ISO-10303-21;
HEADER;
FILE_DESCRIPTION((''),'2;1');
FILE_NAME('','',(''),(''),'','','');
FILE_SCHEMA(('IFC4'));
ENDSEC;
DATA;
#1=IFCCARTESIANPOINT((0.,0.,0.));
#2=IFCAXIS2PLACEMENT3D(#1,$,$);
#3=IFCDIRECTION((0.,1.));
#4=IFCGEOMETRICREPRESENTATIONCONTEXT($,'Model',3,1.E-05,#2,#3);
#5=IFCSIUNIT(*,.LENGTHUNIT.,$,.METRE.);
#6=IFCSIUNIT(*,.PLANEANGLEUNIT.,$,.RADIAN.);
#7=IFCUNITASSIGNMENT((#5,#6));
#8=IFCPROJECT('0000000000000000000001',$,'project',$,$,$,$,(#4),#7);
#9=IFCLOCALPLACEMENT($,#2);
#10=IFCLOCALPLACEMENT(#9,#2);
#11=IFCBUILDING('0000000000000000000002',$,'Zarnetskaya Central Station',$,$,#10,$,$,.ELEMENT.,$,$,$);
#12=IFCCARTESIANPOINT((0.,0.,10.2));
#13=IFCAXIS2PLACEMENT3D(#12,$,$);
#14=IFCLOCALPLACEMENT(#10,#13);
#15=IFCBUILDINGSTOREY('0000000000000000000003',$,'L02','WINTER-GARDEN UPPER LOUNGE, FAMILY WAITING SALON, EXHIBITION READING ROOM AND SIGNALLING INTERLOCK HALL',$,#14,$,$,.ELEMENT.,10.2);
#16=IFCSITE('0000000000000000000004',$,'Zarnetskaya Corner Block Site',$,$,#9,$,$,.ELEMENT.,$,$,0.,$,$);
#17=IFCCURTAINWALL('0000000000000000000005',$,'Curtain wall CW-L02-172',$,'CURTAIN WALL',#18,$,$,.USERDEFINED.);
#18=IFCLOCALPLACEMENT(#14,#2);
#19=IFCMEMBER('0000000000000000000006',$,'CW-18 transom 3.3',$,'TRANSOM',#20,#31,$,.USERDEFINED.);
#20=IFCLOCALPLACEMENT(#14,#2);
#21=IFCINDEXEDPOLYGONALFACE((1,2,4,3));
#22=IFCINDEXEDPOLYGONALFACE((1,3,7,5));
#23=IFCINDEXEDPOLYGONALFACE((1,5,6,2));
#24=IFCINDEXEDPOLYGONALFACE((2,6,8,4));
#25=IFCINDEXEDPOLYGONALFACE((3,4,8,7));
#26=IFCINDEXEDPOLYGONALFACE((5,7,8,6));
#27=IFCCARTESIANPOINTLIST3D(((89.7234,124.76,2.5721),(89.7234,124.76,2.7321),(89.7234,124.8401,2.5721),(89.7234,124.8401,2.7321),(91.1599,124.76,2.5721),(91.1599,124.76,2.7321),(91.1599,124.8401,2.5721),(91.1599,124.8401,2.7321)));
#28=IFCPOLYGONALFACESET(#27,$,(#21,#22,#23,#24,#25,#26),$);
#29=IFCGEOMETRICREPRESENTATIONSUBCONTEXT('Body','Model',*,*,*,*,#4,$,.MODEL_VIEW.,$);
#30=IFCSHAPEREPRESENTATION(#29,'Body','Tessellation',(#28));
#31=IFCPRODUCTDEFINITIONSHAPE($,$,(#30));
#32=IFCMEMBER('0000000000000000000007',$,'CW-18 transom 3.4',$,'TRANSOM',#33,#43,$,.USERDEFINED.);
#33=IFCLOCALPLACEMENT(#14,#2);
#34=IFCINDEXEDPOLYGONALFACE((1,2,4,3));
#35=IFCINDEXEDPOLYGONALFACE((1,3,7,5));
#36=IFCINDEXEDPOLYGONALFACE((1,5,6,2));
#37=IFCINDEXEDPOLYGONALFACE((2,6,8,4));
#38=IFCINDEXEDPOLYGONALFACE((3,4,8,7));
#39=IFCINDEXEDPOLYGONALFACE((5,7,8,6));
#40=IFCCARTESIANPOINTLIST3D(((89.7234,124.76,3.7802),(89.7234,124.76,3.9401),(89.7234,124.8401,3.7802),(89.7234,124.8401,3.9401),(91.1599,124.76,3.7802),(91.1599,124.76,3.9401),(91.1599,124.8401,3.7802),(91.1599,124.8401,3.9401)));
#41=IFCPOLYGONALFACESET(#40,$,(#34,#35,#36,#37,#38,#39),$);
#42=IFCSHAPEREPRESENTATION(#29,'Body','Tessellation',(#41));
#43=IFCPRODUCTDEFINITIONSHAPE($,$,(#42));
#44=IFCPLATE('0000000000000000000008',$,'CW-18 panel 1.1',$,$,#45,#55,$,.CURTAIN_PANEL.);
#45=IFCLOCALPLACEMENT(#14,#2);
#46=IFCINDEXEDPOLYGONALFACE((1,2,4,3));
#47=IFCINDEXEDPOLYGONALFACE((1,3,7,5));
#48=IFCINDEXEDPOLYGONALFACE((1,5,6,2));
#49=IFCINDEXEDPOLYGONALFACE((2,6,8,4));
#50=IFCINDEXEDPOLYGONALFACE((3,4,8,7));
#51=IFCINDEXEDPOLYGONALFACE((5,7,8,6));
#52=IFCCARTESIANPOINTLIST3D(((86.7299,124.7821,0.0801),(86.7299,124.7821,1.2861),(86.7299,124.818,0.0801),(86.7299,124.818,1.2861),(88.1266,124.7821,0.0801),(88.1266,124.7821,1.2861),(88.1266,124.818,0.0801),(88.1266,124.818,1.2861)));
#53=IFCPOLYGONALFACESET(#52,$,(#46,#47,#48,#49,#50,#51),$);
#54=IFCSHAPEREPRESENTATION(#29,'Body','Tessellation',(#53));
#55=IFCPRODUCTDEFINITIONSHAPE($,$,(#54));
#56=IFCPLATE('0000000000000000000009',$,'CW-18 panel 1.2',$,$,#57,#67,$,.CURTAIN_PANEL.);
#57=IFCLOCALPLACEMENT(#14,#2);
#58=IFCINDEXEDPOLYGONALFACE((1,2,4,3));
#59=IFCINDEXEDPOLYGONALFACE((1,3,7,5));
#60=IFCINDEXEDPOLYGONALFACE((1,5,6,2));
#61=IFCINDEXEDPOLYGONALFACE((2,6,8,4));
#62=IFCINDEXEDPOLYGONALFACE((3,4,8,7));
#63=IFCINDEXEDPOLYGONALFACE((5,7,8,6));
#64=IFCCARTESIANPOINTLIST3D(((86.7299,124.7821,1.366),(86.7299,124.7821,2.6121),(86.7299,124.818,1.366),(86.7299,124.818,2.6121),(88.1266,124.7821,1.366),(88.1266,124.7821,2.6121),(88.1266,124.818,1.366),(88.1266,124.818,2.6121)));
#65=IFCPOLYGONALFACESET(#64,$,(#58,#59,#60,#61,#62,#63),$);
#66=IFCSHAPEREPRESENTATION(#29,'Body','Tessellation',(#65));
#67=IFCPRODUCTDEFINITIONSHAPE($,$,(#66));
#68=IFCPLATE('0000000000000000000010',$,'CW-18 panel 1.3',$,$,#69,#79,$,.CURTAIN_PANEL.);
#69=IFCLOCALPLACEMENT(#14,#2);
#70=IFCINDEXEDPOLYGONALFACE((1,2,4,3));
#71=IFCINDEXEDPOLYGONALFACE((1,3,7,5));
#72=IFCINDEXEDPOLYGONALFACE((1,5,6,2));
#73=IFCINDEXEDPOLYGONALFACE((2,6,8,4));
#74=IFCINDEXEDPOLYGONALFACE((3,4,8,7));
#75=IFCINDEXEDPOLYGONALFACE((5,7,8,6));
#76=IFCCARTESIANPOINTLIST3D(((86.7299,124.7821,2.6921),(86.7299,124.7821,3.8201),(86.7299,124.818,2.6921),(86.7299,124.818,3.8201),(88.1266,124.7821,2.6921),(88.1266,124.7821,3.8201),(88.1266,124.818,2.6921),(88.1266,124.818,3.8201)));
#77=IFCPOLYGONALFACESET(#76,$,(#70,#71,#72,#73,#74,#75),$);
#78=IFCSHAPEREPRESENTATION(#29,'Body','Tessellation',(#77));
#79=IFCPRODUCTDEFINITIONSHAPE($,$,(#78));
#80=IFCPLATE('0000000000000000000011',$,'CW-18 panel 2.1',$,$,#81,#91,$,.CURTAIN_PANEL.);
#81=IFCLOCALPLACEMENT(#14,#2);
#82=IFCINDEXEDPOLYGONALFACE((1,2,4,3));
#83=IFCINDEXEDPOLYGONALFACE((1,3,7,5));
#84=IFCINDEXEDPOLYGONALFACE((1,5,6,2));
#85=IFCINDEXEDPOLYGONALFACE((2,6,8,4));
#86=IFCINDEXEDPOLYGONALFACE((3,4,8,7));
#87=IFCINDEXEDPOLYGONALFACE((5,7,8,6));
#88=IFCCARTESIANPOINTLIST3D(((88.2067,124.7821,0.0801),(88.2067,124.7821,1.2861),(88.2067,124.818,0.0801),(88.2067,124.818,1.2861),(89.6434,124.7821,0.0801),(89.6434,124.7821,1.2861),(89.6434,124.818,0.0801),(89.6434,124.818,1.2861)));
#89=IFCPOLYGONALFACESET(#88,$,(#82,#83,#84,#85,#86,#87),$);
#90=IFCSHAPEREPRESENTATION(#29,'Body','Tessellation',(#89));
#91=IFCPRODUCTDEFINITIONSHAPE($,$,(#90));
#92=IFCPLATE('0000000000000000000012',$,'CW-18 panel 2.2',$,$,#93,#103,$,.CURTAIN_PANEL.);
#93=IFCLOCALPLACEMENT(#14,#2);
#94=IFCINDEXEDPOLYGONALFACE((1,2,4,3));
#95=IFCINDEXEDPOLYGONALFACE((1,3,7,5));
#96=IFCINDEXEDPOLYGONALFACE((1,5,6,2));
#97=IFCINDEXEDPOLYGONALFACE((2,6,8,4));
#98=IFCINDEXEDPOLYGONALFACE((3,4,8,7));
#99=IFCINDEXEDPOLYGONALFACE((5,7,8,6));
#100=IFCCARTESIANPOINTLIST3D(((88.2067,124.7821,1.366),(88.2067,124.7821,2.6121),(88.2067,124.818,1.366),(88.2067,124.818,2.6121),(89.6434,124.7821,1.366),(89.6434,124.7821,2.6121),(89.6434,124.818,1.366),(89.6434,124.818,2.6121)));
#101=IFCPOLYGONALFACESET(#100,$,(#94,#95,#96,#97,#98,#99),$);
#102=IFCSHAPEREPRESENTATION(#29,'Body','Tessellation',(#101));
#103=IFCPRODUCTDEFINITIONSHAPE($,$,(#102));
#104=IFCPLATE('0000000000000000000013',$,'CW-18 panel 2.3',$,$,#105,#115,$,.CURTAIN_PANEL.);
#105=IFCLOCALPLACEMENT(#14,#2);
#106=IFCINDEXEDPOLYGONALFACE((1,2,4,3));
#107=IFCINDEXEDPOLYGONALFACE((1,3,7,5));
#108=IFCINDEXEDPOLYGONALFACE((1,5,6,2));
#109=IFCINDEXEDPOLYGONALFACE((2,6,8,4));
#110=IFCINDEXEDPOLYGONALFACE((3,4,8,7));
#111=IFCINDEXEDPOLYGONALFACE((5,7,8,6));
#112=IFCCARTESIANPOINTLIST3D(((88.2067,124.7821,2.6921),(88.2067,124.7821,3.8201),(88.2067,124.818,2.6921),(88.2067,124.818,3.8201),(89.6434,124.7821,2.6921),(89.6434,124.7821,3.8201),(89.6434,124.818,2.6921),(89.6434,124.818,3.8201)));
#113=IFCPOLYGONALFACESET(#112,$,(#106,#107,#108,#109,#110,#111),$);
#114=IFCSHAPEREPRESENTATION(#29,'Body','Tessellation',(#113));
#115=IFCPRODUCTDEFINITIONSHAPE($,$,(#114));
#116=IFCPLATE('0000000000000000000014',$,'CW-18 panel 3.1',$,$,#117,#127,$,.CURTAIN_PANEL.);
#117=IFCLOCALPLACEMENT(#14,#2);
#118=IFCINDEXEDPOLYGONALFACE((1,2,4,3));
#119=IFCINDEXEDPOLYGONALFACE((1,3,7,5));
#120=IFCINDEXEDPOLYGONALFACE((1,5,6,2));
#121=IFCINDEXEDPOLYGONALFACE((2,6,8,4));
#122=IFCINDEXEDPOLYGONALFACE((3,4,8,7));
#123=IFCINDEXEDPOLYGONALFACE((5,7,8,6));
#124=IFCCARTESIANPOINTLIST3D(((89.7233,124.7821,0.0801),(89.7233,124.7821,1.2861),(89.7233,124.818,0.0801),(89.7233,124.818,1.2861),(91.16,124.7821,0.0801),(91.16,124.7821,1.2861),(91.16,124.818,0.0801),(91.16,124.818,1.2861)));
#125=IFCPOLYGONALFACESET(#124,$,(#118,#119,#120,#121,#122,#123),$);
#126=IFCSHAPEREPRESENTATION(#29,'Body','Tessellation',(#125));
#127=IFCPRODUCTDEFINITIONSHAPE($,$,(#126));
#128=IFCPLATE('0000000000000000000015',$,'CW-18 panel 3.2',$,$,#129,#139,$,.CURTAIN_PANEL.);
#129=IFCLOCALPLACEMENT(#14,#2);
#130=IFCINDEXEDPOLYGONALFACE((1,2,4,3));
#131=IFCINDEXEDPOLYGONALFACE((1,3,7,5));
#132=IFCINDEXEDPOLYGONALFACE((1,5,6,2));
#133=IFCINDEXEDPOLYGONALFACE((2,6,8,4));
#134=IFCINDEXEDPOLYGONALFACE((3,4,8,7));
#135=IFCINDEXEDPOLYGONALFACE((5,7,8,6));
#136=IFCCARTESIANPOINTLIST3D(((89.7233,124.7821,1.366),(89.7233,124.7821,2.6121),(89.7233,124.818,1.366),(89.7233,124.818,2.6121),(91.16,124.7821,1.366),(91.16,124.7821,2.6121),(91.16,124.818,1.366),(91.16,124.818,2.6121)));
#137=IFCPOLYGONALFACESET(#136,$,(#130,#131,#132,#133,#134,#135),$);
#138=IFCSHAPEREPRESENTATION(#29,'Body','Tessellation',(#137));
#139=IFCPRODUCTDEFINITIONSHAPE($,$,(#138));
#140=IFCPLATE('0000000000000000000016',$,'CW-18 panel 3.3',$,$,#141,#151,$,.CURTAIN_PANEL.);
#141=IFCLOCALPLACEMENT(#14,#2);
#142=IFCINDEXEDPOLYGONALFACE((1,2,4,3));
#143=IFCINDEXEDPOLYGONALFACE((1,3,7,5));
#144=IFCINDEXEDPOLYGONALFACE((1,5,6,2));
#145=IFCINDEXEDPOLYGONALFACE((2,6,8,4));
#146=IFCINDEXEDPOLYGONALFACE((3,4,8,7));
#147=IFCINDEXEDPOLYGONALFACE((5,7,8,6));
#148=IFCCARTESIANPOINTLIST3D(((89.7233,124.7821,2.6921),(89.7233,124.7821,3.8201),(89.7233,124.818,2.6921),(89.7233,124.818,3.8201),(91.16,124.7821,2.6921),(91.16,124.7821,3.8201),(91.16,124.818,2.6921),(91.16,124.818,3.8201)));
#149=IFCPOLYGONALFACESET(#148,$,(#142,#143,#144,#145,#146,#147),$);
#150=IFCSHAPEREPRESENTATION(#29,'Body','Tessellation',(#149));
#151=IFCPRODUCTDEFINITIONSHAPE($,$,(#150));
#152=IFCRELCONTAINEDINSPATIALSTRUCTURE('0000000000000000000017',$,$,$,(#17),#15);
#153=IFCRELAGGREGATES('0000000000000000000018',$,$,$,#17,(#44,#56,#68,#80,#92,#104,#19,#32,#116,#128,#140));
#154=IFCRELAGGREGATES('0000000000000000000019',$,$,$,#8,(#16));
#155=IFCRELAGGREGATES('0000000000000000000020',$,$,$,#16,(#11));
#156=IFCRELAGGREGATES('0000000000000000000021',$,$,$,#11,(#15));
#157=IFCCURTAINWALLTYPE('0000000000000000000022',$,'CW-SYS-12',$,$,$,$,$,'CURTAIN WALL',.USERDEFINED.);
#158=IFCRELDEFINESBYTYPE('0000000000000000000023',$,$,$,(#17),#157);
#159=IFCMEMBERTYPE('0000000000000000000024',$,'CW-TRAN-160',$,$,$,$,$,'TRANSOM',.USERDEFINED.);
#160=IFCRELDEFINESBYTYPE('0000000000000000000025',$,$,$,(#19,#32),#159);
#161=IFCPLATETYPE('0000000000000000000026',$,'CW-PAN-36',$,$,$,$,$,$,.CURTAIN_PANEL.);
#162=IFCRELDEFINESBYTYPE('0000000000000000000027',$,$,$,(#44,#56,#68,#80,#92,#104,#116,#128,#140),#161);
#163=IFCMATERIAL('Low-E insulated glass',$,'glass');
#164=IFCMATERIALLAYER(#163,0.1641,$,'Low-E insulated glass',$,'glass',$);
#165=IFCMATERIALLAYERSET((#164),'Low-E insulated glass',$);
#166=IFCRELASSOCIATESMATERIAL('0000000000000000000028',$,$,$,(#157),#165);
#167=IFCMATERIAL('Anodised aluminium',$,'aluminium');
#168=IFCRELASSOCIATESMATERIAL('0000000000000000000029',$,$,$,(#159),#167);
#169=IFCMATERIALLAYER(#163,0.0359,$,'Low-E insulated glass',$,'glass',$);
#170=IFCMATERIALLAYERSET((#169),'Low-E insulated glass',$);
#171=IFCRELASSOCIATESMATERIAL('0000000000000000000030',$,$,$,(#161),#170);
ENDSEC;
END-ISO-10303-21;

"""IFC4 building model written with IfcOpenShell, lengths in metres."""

from ifc_helpers import new_model, si_unit, direction, frame, origin, origin_2d, place, context, subcontext, project, spatial, rectangle, extrude, material, layer, layer_set, material_profile, profile_set, type_object, element, aggregate, save


model = new_model("IFC4")

# Units and contexts
model_context = context("Model", 3, precision=1e-05, world=origin(), true_north=direction((0.0, 1.0)))
body_context = subcontext(model_context, "Body", "Model", "MODEL_VIEW")
ifc_project = project(units=[si_unit("LENGTHUNIT", "METRE"), si_unit("PLANEANGLEUNIT", "RADIAN")], contexts=[model_context])

# Site, building, storey
site_placement = place(None, origin())
site = spatial("IfcSite", under=ifc_project, at=site_placement, Name="Zarnetskaya Corner Block Site", CompositionType="ELEMENT", RefElevation=0.0)
building_placement = place(site_placement, origin())
building = spatial("IfcBuilding", under=site, at=building_placement, Name="Zarnetskaya Central Station", CompositionType="ELEMENT")
storey_placement = place(building_placement, frame((0.0, 0.0, 10.2)))
storey = spatial("IfcBuildingStorey", under=building, at=storey_placement, Name="L02", Description="WINTER-GARDEN UPPER LOUNGE, FAMILY WAITING SALON, EXHIBITION READING ROOM AND SIGNALLING INTERLOCK HALL", CompositionType="ELEMENT", Elevation=10.2)

# Curtain wall, members, plates
ifc_material_1 = material(Name="Low-E insulated glass", Category="glass")
ifc_layer_1 = layer(ifc_material_1, 0.1641, Name="Low-E insulated glass", Category="glass")
ifc_layer_set_1 = layer_set([ifc_layer_1], Name="Low-E insulated glass")
curtain_wall_type = type_object("IfcCurtainWallType", Name="CW-SYS-12", ElementType="CURTAIN WALL", PredefinedType="USERDEFINED", material=ifc_layer_set_1)
curtain_wall_placement = place(storey_placement, origin())
curtain_wall = element("IfcCurtainWall", 1, at=curtain_wall_placement, inside=storey, type_object=curtain_wall_type, Name="Curtain wall CW-L02-172", ObjectType="CURTAIN WALL", PredefinedType="USERDEFINED")
ifc_material_2 = material(Name="Anodised aluminium", Category="aluminium")
ifc_material_profile_1 = material_profile(ifc_material_2, rectangle(XDim=0.0801, YDim=0.1599, at=origin_2d()), Name="ALU TRAN 80x160")
ifc_profile_set_1 = profile_set([ifc_material_profile_1], Name="Anodised aluminium")
member_type_1 = type_object("IfcMemberType", Name="CW-TRAN-160", ElementType="TRANSOM", PredefinedType="USERDEFINED", material=ifc_profile_set_1)
member_1_placement = place(storey_placement, frame((89.7234, 124.8, 2.6521), z_axis=(1.0, 0.0, 0.0), x_axis=(0.0, 1.0, 0.0)))
member_1 = element("IfcMember", 2, at=member_1_placement, type_object=member_type_1, Name="CW-18 transom 3.3", ObjectType="TRANSOM", PredefinedType="USERDEFINED", context=body_context, shape_type="SweptSolid", body=[
    extrude(rectangle(XDim=0.0801, YDim=0.1599, at=origin_2d()), origin(), (0.0, 0.0, 1.0), 1.4365),
])
member_2_placement = place(storey_placement, frame((89.7234, 124.8, 3.8601), z_axis=(1.0, 0.0, 0.0), x_axis=(0.0, 1.0, 0.0)))
member_2 = element("IfcMember", 3, at=member_2_placement, type_object=member_type_1, Name="CW-18 transom 3.4", ObjectType="TRANSOM", PredefinedType="USERDEFINED", context=body_context, shape_type="SweptSolid", body=[
    extrude(rectangle(XDim=0.0801, YDim=0.1599, at=origin_2d()), origin(), (0.0, 0.0, 1.0), 1.4365),
])
ifc_layer_2 = layer(ifc_material_1, 0.0359, Name="Low-E insulated glass", Category="glass")
ifc_layer_set_2 = layer_set([ifc_layer_2], Name="Low-E insulated glass")
plate_type = type_object("IfcPlateType", Name="CW-PAN-36", PredefinedType="CURTAIN_PANEL", material=ifc_layer_set_2)
plate_1_placement = place(storey_placement, frame((87.4282, 124.8, 0.0801), z_axis=(0.0, 0.0, 1.0), x_axis=(1.0, 0.0, 0.0)))
plate_1 = element("IfcPlate", 4, at=plate_1_placement, type_object=plate_type, Name="CW-18 panel 1.1", PredefinedType="CURTAIN_PANEL", context=body_context, shape_type="SweptSolid", body=[
    extrude(rectangle(XDim=1.3967, YDim=0.0359, at=origin_2d()), origin(), (0.0, 0.0, 1.0), 1.2061),
])
plate_2_placement = place(storey_placement, frame((87.4282, 124.8, 1.366), z_axis=(0.0, 0.0, 1.0), x_axis=(1.0, 0.0, 0.0)))
plate_2 = element("IfcPlate", 5, at=plate_2_placement, type_object=plate_type, Name="CW-18 panel 1.2", PredefinedType="CURTAIN_PANEL", context=body_context, shape_type="SweptSolid", body=[
    extrude(rectangle(XDim=1.3967, YDim=0.0359, at=origin_2d()), origin(), (0.0, 0.0, 1.0), 1.2461),
])
plate_3_placement = place(storey_placement, frame((87.4282, 124.8, 2.6921), z_axis=(0.0, 0.0, 1.0), x_axis=(1.0, 0.0, 0.0)))
plate_3 = element("IfcPlate", 6, at=plate_3_placement, type_object=plate_type, Name="CW-18 panel 1.3", PredefinedType="CURTAIN_PANEL", context=body_context, shape_type="SweptSolid", body=[
    extrude(rectangle(XDim=1.3967, YDim=0.0359, at=origin_2d()), origin(), (0.0, 0.0, 1.0), 1.1279),
])
plate_4_placement = place(storey_placement, frame((88.925, 124.8, 0.0801), z_axis=(0.0, 0.0, 1.0), x_axis=(1.0, 0.0, 0.0)))
plate_4 = element("IfcPlate", 7, at=plate_4_placement, type_object=plate_type, Name="CW-18 panel 2.1", PredefinedType="CURTAIN_PANEL", context=body_context, shape_type="SweptSolid", body=[
    extrude(rectangle(XDim=1.4368, YDim=0.0359, at=origin_2d()), origin(), (0.0, 0.0, 1.0), 1.2061),
])
plate_5_placement = place(storey_placement, frame((88.925, 124.8, 1.366), z_axis=(0.0, 0.0, 1.0), x_axis=(1.0, 0.0, 0.0)))
plate_5 = element("IfcPlate", 8, at=plate_5_placement, type_object=plate_type, Name="CW-18 panel 2.2", PredefinedType="CURTAIN_PANEL", context=body_context, shape_type="SweptSolid", body=[
    extrude(rectangle(XDim=1.4368, YDim=0.0359, at=origin_2d()), origin(), (0.0, 0.0, 1.0), 1.2461),
])
plate_6_placement = place(storey_placement, frame((88.925, 124.8, 2.6921), z_axis=(0.0, 0.0, 1.0), x_axis=(1.0, 0.0, 0.0)))
plate_6 = element("IfcPlate", 9, at=plate_6_placement, type_object=plate_type, Name="CW-18 panel 2.3", PredefinedType="CURTAIN_PANEL", context=body_context, shape_type="SweptSolid", body=[
    extrude(rectangle(XDim=1.4368, YDim=0.0359, at=origin_2d()), origin(), (0.0, 0.0, 1.0), 1.1279),
])
plate_7_placement = place(storey_placement, frame((90.4417, 124.8, 0.0801), z_axis=(0.0, 0.0, 1.0), x_axis=(1.0, 0.0, 0.0)))
plate_7 = element("IfcPlate", 10, at=plate_7_placement, type_object=plate_type, Name="CW-18 panel 3.1", PredefinedType="CURTAIN_PANEL", context=body_context, shape_type="SweptSolid", body=[
    extrude(rectangle(XDim=1.4368, YDim=0.0359, at=origin_2d()), origin(), (0.0, 0.0, 1.0), 1.2061),
])
plate_8_placement = place(storey_placement, frame((90.4417, 124.8, 1.366), z_axis=(0.0, 0.0, 1.0), x_axis=(1.0, 0.0, 0.0)))
plate_8 = element("IfcPlate", 11, at=plate_8_placement, type_object=plate_type, Name="CW-18 panel 3.2", PredefinedType="CURTAIN_PANEL", context=body_context, shape_type="SweptSolid", body=[
    extrude(rectangle(XDim=1.4368, YDim=0.0359, at=origin_2d()), origin(), (0.0, 0.0, 1.0), 1.2461),
])
plate_9_placement = place(storey_placement, frame((90.4417, 124.8, 2.6921), z_axis=(0.0, 0.0, 1.0), x_axis=(1.0, 0.0, 0.0)))
plate_9 = element("IfcPlate", 12, at=plate_9_placement, type_object=plate_type, Name="CW-18 panel 3.3", PredefinedType="CURTAIN_PANEL", context=body_context, shape_type="SweptSolid", body=[
    extrude(rectangle(XDim=1.4368, YDim=0.0359, at=origin_2d()), origin(), (0.0, 0.0, 1.0), 1.1279),
])
aggregate(curtain_wall, [plate_1, plate_2, plate_3, plate_4, plate_5, plate_6, member_1, member_2, plate_7, plate_8, plate_9])

save(model, "model.ifc")
